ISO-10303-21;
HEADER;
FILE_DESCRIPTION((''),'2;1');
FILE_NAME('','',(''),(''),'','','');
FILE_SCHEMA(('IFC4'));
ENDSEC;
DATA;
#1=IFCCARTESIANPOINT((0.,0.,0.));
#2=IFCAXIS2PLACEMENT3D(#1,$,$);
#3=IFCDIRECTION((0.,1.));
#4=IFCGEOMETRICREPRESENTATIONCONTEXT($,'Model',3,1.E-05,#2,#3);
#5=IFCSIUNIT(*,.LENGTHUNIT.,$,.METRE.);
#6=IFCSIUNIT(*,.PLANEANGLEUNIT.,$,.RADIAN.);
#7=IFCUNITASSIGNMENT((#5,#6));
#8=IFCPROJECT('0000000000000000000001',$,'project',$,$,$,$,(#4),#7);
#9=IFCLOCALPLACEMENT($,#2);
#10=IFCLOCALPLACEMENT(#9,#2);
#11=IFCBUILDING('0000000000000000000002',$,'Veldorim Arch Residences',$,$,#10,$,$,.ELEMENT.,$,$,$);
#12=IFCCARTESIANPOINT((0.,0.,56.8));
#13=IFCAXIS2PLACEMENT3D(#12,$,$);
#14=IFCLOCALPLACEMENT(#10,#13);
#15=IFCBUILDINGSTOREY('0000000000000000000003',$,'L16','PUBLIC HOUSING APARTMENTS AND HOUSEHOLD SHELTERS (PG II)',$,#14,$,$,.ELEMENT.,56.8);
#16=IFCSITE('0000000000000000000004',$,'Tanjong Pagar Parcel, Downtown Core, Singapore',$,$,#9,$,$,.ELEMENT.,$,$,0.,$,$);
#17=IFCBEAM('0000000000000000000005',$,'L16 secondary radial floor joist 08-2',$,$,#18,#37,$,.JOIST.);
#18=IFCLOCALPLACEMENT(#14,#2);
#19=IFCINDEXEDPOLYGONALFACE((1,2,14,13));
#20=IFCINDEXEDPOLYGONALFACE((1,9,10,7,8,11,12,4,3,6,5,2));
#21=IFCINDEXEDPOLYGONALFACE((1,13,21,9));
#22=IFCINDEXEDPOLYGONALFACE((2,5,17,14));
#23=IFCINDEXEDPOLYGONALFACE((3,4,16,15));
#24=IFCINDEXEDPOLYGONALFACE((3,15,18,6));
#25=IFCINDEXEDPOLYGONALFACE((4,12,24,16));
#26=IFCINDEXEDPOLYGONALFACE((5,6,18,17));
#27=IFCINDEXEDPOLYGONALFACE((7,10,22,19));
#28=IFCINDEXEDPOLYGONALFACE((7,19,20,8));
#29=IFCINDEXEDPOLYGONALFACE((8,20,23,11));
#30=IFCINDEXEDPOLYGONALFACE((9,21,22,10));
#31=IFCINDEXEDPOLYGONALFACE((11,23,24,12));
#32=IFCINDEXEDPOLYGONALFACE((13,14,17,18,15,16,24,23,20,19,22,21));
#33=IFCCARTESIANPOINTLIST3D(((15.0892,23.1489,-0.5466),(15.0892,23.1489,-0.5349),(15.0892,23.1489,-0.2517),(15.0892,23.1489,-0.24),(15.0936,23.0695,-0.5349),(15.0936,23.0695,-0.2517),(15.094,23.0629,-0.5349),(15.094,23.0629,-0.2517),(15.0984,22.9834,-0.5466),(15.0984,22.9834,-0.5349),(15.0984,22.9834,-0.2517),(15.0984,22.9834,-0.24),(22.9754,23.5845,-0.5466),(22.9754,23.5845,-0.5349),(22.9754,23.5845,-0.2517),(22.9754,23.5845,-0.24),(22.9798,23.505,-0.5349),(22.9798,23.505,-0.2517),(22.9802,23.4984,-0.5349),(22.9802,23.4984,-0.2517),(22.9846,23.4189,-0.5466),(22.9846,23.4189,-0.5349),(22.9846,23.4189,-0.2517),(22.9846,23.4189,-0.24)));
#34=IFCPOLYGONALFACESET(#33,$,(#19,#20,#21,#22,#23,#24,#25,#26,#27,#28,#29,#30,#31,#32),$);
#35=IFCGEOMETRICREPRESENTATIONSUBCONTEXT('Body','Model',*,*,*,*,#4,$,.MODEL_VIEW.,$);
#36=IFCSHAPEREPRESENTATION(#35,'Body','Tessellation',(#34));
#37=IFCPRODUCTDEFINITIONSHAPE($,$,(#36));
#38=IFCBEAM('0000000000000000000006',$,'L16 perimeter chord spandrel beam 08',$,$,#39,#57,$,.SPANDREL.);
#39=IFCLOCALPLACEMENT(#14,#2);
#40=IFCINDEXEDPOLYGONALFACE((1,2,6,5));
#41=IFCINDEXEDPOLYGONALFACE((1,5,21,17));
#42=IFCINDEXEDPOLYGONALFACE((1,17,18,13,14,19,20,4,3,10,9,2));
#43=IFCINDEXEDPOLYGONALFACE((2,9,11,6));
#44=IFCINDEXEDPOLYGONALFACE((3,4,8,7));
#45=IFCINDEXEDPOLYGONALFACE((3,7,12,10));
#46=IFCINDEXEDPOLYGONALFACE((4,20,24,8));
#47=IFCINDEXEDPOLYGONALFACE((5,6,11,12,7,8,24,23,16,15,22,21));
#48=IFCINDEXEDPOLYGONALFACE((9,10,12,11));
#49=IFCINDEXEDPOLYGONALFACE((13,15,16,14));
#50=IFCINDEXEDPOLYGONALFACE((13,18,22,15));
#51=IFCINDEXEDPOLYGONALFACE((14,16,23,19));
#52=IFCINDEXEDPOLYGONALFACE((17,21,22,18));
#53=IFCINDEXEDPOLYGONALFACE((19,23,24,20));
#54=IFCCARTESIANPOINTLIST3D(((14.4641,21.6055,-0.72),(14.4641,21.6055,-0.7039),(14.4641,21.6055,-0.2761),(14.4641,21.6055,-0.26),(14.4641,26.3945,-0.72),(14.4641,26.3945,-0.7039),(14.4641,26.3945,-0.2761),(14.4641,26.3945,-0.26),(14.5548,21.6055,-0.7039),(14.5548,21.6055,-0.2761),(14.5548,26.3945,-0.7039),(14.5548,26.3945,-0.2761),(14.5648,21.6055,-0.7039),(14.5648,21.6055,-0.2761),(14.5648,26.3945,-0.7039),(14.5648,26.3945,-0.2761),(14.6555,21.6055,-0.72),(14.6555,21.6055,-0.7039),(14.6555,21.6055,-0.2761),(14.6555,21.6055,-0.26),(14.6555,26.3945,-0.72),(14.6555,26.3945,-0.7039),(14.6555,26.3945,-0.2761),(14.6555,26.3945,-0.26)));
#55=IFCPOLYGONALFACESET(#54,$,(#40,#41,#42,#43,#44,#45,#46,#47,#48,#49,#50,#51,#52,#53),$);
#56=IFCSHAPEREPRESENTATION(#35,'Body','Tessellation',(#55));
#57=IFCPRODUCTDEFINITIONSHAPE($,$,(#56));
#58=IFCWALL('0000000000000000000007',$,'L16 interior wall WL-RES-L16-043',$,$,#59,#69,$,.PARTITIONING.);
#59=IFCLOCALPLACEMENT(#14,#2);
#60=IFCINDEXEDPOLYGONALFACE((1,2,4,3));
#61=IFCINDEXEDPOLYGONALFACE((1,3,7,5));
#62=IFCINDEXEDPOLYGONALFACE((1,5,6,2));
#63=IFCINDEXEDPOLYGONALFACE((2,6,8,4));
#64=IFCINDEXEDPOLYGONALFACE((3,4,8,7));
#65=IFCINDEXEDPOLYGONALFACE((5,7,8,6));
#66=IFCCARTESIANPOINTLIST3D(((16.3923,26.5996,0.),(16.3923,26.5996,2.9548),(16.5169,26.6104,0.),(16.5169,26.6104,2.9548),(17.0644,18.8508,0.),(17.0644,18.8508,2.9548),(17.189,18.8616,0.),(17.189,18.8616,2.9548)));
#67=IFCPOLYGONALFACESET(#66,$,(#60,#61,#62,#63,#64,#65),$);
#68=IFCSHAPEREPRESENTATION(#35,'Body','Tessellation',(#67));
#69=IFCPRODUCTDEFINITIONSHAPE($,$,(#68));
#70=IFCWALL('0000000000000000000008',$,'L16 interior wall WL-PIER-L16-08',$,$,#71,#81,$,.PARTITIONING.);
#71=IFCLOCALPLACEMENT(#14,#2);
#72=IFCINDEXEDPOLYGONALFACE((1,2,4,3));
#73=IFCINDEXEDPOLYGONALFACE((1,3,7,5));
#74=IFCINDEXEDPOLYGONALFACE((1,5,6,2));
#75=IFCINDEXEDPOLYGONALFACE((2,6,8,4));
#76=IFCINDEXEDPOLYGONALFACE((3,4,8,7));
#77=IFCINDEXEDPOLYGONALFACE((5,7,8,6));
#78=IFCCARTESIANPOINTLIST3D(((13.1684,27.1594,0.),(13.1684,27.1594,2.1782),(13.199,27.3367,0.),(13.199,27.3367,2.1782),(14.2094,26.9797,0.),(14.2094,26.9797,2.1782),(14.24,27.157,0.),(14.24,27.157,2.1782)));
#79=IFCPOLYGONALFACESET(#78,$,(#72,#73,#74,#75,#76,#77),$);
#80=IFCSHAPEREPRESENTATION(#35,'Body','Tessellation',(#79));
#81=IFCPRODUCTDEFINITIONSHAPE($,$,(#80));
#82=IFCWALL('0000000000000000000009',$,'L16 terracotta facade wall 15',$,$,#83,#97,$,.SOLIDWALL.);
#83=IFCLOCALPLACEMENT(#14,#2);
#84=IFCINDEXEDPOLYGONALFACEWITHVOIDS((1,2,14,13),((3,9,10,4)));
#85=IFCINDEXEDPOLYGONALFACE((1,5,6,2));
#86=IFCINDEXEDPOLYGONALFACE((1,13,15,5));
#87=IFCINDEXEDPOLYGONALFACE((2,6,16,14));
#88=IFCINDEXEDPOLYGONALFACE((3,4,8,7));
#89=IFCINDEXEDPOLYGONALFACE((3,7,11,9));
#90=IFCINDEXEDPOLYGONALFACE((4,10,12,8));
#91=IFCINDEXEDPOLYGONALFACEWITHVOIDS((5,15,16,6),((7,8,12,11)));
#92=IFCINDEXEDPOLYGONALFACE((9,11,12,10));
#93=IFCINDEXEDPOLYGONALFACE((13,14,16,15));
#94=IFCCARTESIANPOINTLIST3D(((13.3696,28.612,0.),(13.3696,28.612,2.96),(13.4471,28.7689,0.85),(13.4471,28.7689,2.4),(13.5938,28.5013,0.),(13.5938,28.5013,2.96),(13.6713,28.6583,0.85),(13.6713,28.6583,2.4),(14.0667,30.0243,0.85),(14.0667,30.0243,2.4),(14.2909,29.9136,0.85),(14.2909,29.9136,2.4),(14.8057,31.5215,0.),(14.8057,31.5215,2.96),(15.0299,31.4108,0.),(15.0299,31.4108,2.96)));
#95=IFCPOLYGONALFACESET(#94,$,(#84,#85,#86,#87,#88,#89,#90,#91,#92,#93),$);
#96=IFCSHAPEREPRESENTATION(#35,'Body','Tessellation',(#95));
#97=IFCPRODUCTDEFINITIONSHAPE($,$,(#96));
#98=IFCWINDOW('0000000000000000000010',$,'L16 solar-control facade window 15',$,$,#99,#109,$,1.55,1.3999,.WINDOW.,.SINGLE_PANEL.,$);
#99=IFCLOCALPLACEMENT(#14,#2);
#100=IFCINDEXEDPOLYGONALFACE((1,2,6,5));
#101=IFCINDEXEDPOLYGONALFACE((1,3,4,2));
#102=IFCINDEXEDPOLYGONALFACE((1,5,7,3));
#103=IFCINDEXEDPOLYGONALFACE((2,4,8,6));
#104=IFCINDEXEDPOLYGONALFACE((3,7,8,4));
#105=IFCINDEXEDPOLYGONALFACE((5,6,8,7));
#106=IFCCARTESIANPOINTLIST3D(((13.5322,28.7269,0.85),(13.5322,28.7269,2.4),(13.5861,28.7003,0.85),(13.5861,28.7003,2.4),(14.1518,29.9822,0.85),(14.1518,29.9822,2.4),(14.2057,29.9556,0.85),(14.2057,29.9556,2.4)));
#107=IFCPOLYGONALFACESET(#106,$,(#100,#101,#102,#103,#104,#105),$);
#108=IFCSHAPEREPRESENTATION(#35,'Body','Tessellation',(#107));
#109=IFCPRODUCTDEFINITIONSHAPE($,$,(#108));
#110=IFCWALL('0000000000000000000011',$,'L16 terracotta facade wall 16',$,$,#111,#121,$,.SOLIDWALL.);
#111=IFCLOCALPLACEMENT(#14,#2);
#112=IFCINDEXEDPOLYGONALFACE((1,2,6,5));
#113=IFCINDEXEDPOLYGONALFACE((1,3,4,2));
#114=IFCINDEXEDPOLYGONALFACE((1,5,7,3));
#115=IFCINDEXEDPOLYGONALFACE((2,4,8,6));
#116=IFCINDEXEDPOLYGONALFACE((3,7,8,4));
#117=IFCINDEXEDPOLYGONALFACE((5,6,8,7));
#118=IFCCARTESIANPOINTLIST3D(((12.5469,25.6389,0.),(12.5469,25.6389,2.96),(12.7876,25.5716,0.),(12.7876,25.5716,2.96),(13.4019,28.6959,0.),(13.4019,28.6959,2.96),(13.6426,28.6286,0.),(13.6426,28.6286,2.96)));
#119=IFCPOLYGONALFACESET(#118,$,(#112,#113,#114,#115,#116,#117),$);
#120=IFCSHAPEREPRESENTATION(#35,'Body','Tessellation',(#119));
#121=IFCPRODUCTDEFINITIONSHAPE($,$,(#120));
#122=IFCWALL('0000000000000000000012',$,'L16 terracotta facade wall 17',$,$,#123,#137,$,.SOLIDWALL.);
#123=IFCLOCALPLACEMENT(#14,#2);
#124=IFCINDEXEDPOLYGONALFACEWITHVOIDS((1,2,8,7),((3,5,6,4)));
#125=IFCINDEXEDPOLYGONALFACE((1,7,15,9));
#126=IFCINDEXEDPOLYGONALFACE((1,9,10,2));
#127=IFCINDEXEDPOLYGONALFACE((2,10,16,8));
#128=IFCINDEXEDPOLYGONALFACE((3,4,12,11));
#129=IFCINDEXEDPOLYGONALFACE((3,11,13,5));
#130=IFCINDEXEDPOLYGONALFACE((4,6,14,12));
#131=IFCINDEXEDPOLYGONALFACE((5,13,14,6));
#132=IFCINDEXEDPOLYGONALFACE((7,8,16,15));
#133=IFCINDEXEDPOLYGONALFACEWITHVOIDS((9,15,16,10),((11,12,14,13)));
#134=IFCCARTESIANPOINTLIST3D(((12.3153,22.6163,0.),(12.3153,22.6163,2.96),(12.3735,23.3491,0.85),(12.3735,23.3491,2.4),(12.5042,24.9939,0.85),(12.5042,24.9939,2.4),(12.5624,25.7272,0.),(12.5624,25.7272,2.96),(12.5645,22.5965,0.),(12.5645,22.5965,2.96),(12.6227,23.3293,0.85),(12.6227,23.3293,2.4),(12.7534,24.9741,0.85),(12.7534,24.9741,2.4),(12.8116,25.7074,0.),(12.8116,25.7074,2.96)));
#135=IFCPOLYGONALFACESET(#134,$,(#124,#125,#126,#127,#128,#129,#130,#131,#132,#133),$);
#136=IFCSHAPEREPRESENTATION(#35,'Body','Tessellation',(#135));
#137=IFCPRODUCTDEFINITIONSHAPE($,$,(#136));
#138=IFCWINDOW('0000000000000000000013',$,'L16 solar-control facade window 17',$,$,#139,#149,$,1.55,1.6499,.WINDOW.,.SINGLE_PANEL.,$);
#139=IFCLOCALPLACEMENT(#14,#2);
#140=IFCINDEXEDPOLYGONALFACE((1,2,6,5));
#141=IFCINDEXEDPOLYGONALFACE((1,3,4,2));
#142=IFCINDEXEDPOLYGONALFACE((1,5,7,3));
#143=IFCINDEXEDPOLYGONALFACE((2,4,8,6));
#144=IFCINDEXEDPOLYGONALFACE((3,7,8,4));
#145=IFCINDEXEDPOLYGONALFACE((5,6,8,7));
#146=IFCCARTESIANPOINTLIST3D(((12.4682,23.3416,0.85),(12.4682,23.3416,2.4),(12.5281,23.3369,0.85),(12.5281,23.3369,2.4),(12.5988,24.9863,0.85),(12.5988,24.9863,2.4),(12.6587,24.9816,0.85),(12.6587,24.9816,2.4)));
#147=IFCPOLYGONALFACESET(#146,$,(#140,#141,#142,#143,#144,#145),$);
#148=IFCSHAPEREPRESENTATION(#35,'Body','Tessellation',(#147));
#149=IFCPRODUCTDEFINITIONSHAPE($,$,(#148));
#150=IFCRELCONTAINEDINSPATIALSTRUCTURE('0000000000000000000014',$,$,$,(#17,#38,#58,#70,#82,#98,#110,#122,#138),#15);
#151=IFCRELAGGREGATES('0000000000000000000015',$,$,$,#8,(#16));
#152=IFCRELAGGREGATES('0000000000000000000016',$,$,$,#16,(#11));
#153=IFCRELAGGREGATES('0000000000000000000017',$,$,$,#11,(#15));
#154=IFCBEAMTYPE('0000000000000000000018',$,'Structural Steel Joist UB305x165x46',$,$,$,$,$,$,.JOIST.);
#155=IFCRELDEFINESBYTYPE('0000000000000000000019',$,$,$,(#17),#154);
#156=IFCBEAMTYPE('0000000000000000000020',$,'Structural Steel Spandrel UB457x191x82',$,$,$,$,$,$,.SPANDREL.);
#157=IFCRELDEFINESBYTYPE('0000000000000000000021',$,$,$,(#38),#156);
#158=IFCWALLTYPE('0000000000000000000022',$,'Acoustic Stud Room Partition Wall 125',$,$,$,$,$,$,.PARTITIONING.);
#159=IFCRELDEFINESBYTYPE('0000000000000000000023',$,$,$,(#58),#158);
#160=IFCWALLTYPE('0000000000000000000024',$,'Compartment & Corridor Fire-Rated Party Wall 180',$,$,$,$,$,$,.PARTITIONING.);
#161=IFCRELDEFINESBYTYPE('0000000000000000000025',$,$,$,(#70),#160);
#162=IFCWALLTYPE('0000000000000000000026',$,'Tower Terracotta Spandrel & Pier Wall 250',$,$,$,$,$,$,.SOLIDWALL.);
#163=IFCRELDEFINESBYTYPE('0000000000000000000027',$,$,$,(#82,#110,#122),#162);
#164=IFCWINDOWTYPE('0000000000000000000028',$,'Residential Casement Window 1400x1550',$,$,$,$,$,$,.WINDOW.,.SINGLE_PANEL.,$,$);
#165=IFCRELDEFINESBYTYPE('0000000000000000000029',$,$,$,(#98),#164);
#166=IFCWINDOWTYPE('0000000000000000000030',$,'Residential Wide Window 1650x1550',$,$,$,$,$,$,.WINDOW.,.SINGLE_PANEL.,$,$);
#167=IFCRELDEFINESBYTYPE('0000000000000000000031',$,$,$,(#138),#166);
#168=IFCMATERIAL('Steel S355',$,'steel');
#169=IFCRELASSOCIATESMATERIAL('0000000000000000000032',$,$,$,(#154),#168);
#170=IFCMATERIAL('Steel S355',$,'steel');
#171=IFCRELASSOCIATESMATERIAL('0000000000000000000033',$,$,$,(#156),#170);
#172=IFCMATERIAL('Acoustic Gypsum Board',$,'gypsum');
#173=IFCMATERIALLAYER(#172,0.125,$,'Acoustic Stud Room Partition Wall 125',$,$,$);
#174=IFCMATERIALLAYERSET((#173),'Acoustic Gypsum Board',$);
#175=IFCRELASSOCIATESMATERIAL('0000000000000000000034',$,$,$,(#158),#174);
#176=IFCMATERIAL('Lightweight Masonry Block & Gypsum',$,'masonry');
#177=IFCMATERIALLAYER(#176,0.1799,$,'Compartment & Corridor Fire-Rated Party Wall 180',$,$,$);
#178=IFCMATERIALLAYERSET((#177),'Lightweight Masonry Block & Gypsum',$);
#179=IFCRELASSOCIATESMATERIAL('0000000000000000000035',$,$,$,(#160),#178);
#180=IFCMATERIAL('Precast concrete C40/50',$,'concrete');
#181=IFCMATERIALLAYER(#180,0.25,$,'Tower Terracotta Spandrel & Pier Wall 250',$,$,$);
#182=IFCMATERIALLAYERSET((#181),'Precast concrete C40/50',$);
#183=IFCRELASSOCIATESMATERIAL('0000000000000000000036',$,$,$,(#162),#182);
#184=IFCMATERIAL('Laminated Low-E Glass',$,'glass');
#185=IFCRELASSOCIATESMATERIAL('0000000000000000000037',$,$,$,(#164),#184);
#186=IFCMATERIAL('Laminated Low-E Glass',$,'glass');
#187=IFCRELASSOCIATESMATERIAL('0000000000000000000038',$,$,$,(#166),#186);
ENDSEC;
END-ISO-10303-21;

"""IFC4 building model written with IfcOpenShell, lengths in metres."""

from ifc_helpers import new_model, si_unit, direction, frame, frame_2d, origin, origin_2d, place, context, subcontext, project, spatial, rectangle, i_section, extrude, material, layer, layer_set, material_profile, profile_set, type_object, element, fill, save


model = new_model("IFC4")

# Units and contexts
model_context = context("Model", 3, precision=1e-05, world=origin(), true_north=direction((0.0, 1.0)))
body_context = subcontext(model_context, "Body", "Model", "MODEL_VIEW")
ifc_project = project(units=[si_unit("LENGTHUNIT", "METRE"), si_unit("PLANEANGLEUNIT", "RADIAN")], contexts=[model_context])

# Site, building, storey
site_placement = place(None, origin())
site = spatial("IfcSite", under=ifc_project, at=site_placement, Name="Tanjong Pagar Parcel, Downtown Core, Singapore", CompositionType="ELEMENT", RefElevation=0.0)
building_placement = place(site_placement, origin())
building = spatial("IfcBuilding", under=site, at=building_placement, Name="Veldorim Arch Residences", CompositionType="ELEMENT")
storey_placement = place(building_placement, frame((0.0, 0.0, 56.8)))
storey = spatial("IfcBuildingStorey", under=building, at=storey_placement, Name="L16", Description="PUBLIC HOUSING APARTMENTS AND HOUSEHOLD SHELTERS (PG II)", CompositionType="ELEMENT", Elevation=56.8)

# Beams
ifc_material_1 = material(Name="Steel S355", Category="steel")
ifc_material_profile_1 = material_profile(ifc_material_1, i_section(OverallWidth=0.1658, OverallDepth=0.3066, WebThickness=0.0066, FlangeThickness=0.0117, at=origin_2d()), Name="UB305x165x46")
ifc_profile_set_1 = profile_set([ifc_material_profile_1], Name="Steel S355")
beam_type_1 = type_object("IfcBeamType", Name="Structural Steel Joist UB305x165x46", PredefinedType="JOIST", material=ifc_profile_set_1)
for number, where, z_axis, x_axis, name in (
    (1, (22.98, 23.5017, -0.3933), (-0.998478, -0.055145, 0.0), (0.055145, -0.998478, 0.0), "L16 secondary radial floor joist 08-2"),
):
    element("IfcBeam", number, at=place(storey_placement, frame(where, z_axis=z_axis, x_axis=x_axis)), inside=storey, type_object=beam_type_1, Name=name, PredefinedType="JOIST", context=body_context, shape_type="SweptSolid", body=[
        extrude(i_section(OverallWidth=0.1658, OverallDepth=0.3066, WebThickness=0.0066, FlangeThickness=0.0117, at=origin_2d()), origin(), (0.0, 0.0, 1.0), 7.8982),
    ])
ifc_material_2 = material(Name="Steel S355", Category="steel")
ifc_material_profile_2 = material_profile(ifc_material_2, i_section(OverallWidth=0.1914, OverallDepth=0.46, WebThickness=0.01, FlangeThickness=0.0161, at=origin_2d()), Name="UB457x191x82")
ifc_profile_set_2 = profile_set([ifc_material_profile_2], Name="Steel S355")
beam_type_2 = type_object("IfcBeamType", Name="Structural Steel Spandrel UB457x191x82", PredefinedType="SPANDREL", material=ifc_profile_set_2)
beam_1_placement = place(storey_placement, frame((14.5598, 26.3945, -0.49), z_axis=(0.0, -1.0, 0.0), x_axis=(1.0, 0.0, 0.0)))
element("IfcBeam", 2, at=beam_1_placement, inside=storey, type_object=beam_type_2, Name="L16 perimeter chord spandrel beam 08", PredefinedType="SPANDREL", context=body_context, shape_type="SweptSolid", body=[
    extrude(i_section(OverallWidth=0.1914, OverallDepth=0.46, WebThickness=0.01, FlangeThickness=0.0161, at=origin_2d()), origin(), (0.0, 0.0, 1.0), 4.7891),
])

# Walls
ifc_material_3 = material(Name="Acoustic Gypsum Board", Category="gypsum")
ifc_layer_1 = layer(ifc_material_3, 0.125, Name="Acoustic Stud Room Partition Wall 125")
ifc_layer_set_1 = layer_set([ifc_layer_1], Name="Acoustic Gypsum Board")
wall_type_1 = type_object("IfcWallType", Name="Acoustic Stud Room Partition Wall 125", PredefinedType="PARTITIONING", material=ifc_layer_set_1)
wall_1_placement = place(storey_placement, frame((16.4546, 26.605, 0.0), z_axis=(0.0, 0.0, 1.0), x_axis=(0.086414, -0.996259, 0.0)))
element("IfcWall", 3, at=wall_1_placement, inside=storey, type_object=wall_type_1, Name="L16 interior wall WL-RES-L16-043", PredefinedType="PARTITIONING", context=body_context, shape_type="SweptSolid", body=[
    extrude(rectangle(XDim=7.7778, YDim=0.125, at=frame_2d((3.8889, 0.0))), origin(), (0.0, 0.0, 1.0), 2.9548),
])
ifc_material_4 = material(Name="Lightweight Masonry Block & Gypsum", Category="masonry")
ifc_layer_2 = layer(ifc_material_4, 0.1799, Name="Compartment & Corridor Fire-Rated Party Wall 180")
ifc_layer_set_2 = layer_set([ifc_layer_2], Name="Lightweight Masonry Block & Gypsum")
wall_type_2 = type_object("IfcWallType", Name="Compartment & Corridor Fire-Rated Party Wall 180", PredefinedType="PARTITIONING", material=ifc_layer_set_2)
wall_2_placement = place(storey_placement, frame((14.2249, 27.0684, 0.0), z_axis=(0.0, 0.0, 1.0), x_axis=(-0.985428, 0.170093, 0.0)))
element("IfcWall", 4, at=wall_2_placement, inside=storey, type_object=wall_type_2, Name="L16 interior wall WL-PIER-L16-08", PredefinedType="PARTITIONING", context=body_context, shape_type="SweptSolid", body=[
    extrude(rectangle(XDim=1.0564, YDim=0.1799, at=frame_2d((0.5283, 0.0))), origin(), (0.0, 0.0, 1.0), 2.1782),
])

# Wall, opening, window
ifc_material_5 = material(Name="Precast concrete C40/50", Category="concrete")
ifc_layer_3 = layer(ifc_material_5, 0.25, Name="Tower Terracotta Spandrel & Pier Wall 250")
ifc_layer_set_3 = layer_set([ifc_layer_3], Name="Precast concrete C40/50")
wall_type_3 = type_object("IfcWallType", Name="Tower Terracotta Spandrel & Pier Wall 250", PredefinedType="SOLIDWALL", material=ifc_layer_set_3)
wall_3_placement = place(storey_placement, frame((13.4817, 28.5566, 0.0), z_axis=(0.0, 0.0, 1.0), x_axis=(0.442603, 0.896718, 0.0)))
wall_3 = element("IfcWall", 5, at=wall_3_placement, inside=storey, type_object=wall_type_3, Name="L16 terracotta facade wall 15", PredefinedType="SOLIDWALL", context=body_context, shape_type="SweptSolid", body=[
    extrude(rectangle(XDim=3.2446, YDim=0.25, at=frame_2d((1.6223, 0.0))), origin(), (0.0, 0.0, 1.0), 2.96),
])
opening_1_placement = place(wall_3_placement, frame((0.175, 0.0, 0.8501)))
opening_1 = element("IfcOpeningElement", 6, at=opening_1_placement, cuts=wall_3, PredefinedType="OPENING", context=body_context, shape_type="SweptSolid", body=[
    extrude(rectangle(XDim=1.3999, YDim=1.55, at=frame_2d((0.7, 0.7749))), frame((0.0, 0.135, 0.0), z_axis=(0.0, -1.0, 0.0), x_axis=(1.0, 0.0, 0.0)), (0.0, 0.0, 1.0), 0.27),
])
ifc_material_6 = material(Name="Laminated Low-E Glass", Category="glass")
window_type_1 = type_object("IfcWindowType", Name="Residential Casement Window 1400x1550", PartitioningType="SINGLE_PANEL", PredefinedType="WINDOW", material=ifc_material_6)
window_1_placement = place(opening_1_placement, origin())
window_1 = element("IfcWindow", 7, at=window_1_placement, inside=storey, type_object=window_type_1, Name="L16 solar-control facade window 15", OverallHeight=1.55, OverallWidth=1.3999, PartitioningType="SINGLE_PANEL", PredefinedType="WINDOW", context=body_context, shape_type="SweptSolid", body=[
    extrude(rectangle(XDim=1.3999, YDim=1.55, at=frame_2d((0.7, 0.7749))), frame((0.0, 0.03, 0.0), z_axis=(0.0, -1.0, 0.0), x_axis=(1.0, 0.0, 0.0)), (0.0, 0.0, 1.0), 0.0601),
])
fill(opening_1, window_1)

# Wall
wall_4_placement = place(storey_placement, frame((12.6672, 25.6052, 0.0), z_axis=(0.0, 0.0, 1.0), x_axis=(0.269353, 0.963041, 0.0)))
element("IfcWall", 8, at=wall_4_placement, inside=storey, type_object=wall_type_3, Name="L16 terracotta facade wall 16", PredefinedType="SOLIDWALL", context=body_context, shape_type="SweptSolid", body=[
    extrude(rectangle(XDim=3.1743, YDim=0.25, at=frame_2d((1.5872, 0.0))), origin(), (0.0, 0.0, 1.0), 2.96),
])

# Wall, opening, window
wall_5_placement = place(storey_placement, frame((12.4399, 22.6064, 0.0), z_axis=(0.0, 0.0, 1.0), x_axis=(0.079173, 0.996861, 0.0)))
wall_5 = element("IfcWall", 9, at=wall_5_placement, inside=storey, type_object=wall_type_3, Name="L16 terracotta facade wall 17", PredefinedType="SOLIDWALL", context=body_context, shape_type="SweptSolid", body=[
    extrude(rectangle(XDim=3.1206, YDim=0.25, at=frame_2d((1.5603, 0.0))), origin(), (0.0, 0.0, 1.0), 2.96),
])
opening_2_placement = place(wall_5_placement, frame((0.7351, 0.0, 0.8501)))
opening_2 = element("IfcOpeningElement", 10, at=opening_2_placement, cuts=wall_5, PredefinedType="OPENING", context=body_context, shape_type="SweptSolid", body=[
    extrude(rectangle(XDim=1.6499, YDim=1.55, at=frame_2d((0.825, 0.7749))), frame((0.0, 0.135, 0.0), z_axis=(0.0, -1.0, 0.0), x_axis=(1.0, 0.0, 0.0)), (0.0, 0.0, 1.0), 0.27),
])
ifc_material_7 = material(Name="Laminated Low-E Glass", Category="glass")
window_type_2 = type_object("IfcWindowType", Name="Residential Wide Window 1650x1550", PartitioningType="SINGLE_PANEL", PredefinedType="WINDOW", material=ifc_material_7)
window_2_placement = place(opening_2_placement, origin())
window_2 = element("IfcWindow", 11, at=window_2_placement, inside=storey, type_object=window_type_2, Name="L16 solar-control facade window 17", OverallHeight=1.55, OverallWidth=1.6499, PartitioningType="SINGLE_PANEL", PredefinedType="WINDOW", context=body_context, shape_type="SweptSolid", body=[
    extrude(rectangle(XDim=1.6499, YDim=1.55, at=frame_2d((0.825, 0.7749))), frame((0.0, 0.03, 0.0), z_axis=(0.0, -1.0, 0.0), x_axis=(1.0, 0.0, 0.0)), (0.0, 0.0, 1.0), 0.0601),
])
fill(opening_2, window_2)

save(model, "model.ifc")
